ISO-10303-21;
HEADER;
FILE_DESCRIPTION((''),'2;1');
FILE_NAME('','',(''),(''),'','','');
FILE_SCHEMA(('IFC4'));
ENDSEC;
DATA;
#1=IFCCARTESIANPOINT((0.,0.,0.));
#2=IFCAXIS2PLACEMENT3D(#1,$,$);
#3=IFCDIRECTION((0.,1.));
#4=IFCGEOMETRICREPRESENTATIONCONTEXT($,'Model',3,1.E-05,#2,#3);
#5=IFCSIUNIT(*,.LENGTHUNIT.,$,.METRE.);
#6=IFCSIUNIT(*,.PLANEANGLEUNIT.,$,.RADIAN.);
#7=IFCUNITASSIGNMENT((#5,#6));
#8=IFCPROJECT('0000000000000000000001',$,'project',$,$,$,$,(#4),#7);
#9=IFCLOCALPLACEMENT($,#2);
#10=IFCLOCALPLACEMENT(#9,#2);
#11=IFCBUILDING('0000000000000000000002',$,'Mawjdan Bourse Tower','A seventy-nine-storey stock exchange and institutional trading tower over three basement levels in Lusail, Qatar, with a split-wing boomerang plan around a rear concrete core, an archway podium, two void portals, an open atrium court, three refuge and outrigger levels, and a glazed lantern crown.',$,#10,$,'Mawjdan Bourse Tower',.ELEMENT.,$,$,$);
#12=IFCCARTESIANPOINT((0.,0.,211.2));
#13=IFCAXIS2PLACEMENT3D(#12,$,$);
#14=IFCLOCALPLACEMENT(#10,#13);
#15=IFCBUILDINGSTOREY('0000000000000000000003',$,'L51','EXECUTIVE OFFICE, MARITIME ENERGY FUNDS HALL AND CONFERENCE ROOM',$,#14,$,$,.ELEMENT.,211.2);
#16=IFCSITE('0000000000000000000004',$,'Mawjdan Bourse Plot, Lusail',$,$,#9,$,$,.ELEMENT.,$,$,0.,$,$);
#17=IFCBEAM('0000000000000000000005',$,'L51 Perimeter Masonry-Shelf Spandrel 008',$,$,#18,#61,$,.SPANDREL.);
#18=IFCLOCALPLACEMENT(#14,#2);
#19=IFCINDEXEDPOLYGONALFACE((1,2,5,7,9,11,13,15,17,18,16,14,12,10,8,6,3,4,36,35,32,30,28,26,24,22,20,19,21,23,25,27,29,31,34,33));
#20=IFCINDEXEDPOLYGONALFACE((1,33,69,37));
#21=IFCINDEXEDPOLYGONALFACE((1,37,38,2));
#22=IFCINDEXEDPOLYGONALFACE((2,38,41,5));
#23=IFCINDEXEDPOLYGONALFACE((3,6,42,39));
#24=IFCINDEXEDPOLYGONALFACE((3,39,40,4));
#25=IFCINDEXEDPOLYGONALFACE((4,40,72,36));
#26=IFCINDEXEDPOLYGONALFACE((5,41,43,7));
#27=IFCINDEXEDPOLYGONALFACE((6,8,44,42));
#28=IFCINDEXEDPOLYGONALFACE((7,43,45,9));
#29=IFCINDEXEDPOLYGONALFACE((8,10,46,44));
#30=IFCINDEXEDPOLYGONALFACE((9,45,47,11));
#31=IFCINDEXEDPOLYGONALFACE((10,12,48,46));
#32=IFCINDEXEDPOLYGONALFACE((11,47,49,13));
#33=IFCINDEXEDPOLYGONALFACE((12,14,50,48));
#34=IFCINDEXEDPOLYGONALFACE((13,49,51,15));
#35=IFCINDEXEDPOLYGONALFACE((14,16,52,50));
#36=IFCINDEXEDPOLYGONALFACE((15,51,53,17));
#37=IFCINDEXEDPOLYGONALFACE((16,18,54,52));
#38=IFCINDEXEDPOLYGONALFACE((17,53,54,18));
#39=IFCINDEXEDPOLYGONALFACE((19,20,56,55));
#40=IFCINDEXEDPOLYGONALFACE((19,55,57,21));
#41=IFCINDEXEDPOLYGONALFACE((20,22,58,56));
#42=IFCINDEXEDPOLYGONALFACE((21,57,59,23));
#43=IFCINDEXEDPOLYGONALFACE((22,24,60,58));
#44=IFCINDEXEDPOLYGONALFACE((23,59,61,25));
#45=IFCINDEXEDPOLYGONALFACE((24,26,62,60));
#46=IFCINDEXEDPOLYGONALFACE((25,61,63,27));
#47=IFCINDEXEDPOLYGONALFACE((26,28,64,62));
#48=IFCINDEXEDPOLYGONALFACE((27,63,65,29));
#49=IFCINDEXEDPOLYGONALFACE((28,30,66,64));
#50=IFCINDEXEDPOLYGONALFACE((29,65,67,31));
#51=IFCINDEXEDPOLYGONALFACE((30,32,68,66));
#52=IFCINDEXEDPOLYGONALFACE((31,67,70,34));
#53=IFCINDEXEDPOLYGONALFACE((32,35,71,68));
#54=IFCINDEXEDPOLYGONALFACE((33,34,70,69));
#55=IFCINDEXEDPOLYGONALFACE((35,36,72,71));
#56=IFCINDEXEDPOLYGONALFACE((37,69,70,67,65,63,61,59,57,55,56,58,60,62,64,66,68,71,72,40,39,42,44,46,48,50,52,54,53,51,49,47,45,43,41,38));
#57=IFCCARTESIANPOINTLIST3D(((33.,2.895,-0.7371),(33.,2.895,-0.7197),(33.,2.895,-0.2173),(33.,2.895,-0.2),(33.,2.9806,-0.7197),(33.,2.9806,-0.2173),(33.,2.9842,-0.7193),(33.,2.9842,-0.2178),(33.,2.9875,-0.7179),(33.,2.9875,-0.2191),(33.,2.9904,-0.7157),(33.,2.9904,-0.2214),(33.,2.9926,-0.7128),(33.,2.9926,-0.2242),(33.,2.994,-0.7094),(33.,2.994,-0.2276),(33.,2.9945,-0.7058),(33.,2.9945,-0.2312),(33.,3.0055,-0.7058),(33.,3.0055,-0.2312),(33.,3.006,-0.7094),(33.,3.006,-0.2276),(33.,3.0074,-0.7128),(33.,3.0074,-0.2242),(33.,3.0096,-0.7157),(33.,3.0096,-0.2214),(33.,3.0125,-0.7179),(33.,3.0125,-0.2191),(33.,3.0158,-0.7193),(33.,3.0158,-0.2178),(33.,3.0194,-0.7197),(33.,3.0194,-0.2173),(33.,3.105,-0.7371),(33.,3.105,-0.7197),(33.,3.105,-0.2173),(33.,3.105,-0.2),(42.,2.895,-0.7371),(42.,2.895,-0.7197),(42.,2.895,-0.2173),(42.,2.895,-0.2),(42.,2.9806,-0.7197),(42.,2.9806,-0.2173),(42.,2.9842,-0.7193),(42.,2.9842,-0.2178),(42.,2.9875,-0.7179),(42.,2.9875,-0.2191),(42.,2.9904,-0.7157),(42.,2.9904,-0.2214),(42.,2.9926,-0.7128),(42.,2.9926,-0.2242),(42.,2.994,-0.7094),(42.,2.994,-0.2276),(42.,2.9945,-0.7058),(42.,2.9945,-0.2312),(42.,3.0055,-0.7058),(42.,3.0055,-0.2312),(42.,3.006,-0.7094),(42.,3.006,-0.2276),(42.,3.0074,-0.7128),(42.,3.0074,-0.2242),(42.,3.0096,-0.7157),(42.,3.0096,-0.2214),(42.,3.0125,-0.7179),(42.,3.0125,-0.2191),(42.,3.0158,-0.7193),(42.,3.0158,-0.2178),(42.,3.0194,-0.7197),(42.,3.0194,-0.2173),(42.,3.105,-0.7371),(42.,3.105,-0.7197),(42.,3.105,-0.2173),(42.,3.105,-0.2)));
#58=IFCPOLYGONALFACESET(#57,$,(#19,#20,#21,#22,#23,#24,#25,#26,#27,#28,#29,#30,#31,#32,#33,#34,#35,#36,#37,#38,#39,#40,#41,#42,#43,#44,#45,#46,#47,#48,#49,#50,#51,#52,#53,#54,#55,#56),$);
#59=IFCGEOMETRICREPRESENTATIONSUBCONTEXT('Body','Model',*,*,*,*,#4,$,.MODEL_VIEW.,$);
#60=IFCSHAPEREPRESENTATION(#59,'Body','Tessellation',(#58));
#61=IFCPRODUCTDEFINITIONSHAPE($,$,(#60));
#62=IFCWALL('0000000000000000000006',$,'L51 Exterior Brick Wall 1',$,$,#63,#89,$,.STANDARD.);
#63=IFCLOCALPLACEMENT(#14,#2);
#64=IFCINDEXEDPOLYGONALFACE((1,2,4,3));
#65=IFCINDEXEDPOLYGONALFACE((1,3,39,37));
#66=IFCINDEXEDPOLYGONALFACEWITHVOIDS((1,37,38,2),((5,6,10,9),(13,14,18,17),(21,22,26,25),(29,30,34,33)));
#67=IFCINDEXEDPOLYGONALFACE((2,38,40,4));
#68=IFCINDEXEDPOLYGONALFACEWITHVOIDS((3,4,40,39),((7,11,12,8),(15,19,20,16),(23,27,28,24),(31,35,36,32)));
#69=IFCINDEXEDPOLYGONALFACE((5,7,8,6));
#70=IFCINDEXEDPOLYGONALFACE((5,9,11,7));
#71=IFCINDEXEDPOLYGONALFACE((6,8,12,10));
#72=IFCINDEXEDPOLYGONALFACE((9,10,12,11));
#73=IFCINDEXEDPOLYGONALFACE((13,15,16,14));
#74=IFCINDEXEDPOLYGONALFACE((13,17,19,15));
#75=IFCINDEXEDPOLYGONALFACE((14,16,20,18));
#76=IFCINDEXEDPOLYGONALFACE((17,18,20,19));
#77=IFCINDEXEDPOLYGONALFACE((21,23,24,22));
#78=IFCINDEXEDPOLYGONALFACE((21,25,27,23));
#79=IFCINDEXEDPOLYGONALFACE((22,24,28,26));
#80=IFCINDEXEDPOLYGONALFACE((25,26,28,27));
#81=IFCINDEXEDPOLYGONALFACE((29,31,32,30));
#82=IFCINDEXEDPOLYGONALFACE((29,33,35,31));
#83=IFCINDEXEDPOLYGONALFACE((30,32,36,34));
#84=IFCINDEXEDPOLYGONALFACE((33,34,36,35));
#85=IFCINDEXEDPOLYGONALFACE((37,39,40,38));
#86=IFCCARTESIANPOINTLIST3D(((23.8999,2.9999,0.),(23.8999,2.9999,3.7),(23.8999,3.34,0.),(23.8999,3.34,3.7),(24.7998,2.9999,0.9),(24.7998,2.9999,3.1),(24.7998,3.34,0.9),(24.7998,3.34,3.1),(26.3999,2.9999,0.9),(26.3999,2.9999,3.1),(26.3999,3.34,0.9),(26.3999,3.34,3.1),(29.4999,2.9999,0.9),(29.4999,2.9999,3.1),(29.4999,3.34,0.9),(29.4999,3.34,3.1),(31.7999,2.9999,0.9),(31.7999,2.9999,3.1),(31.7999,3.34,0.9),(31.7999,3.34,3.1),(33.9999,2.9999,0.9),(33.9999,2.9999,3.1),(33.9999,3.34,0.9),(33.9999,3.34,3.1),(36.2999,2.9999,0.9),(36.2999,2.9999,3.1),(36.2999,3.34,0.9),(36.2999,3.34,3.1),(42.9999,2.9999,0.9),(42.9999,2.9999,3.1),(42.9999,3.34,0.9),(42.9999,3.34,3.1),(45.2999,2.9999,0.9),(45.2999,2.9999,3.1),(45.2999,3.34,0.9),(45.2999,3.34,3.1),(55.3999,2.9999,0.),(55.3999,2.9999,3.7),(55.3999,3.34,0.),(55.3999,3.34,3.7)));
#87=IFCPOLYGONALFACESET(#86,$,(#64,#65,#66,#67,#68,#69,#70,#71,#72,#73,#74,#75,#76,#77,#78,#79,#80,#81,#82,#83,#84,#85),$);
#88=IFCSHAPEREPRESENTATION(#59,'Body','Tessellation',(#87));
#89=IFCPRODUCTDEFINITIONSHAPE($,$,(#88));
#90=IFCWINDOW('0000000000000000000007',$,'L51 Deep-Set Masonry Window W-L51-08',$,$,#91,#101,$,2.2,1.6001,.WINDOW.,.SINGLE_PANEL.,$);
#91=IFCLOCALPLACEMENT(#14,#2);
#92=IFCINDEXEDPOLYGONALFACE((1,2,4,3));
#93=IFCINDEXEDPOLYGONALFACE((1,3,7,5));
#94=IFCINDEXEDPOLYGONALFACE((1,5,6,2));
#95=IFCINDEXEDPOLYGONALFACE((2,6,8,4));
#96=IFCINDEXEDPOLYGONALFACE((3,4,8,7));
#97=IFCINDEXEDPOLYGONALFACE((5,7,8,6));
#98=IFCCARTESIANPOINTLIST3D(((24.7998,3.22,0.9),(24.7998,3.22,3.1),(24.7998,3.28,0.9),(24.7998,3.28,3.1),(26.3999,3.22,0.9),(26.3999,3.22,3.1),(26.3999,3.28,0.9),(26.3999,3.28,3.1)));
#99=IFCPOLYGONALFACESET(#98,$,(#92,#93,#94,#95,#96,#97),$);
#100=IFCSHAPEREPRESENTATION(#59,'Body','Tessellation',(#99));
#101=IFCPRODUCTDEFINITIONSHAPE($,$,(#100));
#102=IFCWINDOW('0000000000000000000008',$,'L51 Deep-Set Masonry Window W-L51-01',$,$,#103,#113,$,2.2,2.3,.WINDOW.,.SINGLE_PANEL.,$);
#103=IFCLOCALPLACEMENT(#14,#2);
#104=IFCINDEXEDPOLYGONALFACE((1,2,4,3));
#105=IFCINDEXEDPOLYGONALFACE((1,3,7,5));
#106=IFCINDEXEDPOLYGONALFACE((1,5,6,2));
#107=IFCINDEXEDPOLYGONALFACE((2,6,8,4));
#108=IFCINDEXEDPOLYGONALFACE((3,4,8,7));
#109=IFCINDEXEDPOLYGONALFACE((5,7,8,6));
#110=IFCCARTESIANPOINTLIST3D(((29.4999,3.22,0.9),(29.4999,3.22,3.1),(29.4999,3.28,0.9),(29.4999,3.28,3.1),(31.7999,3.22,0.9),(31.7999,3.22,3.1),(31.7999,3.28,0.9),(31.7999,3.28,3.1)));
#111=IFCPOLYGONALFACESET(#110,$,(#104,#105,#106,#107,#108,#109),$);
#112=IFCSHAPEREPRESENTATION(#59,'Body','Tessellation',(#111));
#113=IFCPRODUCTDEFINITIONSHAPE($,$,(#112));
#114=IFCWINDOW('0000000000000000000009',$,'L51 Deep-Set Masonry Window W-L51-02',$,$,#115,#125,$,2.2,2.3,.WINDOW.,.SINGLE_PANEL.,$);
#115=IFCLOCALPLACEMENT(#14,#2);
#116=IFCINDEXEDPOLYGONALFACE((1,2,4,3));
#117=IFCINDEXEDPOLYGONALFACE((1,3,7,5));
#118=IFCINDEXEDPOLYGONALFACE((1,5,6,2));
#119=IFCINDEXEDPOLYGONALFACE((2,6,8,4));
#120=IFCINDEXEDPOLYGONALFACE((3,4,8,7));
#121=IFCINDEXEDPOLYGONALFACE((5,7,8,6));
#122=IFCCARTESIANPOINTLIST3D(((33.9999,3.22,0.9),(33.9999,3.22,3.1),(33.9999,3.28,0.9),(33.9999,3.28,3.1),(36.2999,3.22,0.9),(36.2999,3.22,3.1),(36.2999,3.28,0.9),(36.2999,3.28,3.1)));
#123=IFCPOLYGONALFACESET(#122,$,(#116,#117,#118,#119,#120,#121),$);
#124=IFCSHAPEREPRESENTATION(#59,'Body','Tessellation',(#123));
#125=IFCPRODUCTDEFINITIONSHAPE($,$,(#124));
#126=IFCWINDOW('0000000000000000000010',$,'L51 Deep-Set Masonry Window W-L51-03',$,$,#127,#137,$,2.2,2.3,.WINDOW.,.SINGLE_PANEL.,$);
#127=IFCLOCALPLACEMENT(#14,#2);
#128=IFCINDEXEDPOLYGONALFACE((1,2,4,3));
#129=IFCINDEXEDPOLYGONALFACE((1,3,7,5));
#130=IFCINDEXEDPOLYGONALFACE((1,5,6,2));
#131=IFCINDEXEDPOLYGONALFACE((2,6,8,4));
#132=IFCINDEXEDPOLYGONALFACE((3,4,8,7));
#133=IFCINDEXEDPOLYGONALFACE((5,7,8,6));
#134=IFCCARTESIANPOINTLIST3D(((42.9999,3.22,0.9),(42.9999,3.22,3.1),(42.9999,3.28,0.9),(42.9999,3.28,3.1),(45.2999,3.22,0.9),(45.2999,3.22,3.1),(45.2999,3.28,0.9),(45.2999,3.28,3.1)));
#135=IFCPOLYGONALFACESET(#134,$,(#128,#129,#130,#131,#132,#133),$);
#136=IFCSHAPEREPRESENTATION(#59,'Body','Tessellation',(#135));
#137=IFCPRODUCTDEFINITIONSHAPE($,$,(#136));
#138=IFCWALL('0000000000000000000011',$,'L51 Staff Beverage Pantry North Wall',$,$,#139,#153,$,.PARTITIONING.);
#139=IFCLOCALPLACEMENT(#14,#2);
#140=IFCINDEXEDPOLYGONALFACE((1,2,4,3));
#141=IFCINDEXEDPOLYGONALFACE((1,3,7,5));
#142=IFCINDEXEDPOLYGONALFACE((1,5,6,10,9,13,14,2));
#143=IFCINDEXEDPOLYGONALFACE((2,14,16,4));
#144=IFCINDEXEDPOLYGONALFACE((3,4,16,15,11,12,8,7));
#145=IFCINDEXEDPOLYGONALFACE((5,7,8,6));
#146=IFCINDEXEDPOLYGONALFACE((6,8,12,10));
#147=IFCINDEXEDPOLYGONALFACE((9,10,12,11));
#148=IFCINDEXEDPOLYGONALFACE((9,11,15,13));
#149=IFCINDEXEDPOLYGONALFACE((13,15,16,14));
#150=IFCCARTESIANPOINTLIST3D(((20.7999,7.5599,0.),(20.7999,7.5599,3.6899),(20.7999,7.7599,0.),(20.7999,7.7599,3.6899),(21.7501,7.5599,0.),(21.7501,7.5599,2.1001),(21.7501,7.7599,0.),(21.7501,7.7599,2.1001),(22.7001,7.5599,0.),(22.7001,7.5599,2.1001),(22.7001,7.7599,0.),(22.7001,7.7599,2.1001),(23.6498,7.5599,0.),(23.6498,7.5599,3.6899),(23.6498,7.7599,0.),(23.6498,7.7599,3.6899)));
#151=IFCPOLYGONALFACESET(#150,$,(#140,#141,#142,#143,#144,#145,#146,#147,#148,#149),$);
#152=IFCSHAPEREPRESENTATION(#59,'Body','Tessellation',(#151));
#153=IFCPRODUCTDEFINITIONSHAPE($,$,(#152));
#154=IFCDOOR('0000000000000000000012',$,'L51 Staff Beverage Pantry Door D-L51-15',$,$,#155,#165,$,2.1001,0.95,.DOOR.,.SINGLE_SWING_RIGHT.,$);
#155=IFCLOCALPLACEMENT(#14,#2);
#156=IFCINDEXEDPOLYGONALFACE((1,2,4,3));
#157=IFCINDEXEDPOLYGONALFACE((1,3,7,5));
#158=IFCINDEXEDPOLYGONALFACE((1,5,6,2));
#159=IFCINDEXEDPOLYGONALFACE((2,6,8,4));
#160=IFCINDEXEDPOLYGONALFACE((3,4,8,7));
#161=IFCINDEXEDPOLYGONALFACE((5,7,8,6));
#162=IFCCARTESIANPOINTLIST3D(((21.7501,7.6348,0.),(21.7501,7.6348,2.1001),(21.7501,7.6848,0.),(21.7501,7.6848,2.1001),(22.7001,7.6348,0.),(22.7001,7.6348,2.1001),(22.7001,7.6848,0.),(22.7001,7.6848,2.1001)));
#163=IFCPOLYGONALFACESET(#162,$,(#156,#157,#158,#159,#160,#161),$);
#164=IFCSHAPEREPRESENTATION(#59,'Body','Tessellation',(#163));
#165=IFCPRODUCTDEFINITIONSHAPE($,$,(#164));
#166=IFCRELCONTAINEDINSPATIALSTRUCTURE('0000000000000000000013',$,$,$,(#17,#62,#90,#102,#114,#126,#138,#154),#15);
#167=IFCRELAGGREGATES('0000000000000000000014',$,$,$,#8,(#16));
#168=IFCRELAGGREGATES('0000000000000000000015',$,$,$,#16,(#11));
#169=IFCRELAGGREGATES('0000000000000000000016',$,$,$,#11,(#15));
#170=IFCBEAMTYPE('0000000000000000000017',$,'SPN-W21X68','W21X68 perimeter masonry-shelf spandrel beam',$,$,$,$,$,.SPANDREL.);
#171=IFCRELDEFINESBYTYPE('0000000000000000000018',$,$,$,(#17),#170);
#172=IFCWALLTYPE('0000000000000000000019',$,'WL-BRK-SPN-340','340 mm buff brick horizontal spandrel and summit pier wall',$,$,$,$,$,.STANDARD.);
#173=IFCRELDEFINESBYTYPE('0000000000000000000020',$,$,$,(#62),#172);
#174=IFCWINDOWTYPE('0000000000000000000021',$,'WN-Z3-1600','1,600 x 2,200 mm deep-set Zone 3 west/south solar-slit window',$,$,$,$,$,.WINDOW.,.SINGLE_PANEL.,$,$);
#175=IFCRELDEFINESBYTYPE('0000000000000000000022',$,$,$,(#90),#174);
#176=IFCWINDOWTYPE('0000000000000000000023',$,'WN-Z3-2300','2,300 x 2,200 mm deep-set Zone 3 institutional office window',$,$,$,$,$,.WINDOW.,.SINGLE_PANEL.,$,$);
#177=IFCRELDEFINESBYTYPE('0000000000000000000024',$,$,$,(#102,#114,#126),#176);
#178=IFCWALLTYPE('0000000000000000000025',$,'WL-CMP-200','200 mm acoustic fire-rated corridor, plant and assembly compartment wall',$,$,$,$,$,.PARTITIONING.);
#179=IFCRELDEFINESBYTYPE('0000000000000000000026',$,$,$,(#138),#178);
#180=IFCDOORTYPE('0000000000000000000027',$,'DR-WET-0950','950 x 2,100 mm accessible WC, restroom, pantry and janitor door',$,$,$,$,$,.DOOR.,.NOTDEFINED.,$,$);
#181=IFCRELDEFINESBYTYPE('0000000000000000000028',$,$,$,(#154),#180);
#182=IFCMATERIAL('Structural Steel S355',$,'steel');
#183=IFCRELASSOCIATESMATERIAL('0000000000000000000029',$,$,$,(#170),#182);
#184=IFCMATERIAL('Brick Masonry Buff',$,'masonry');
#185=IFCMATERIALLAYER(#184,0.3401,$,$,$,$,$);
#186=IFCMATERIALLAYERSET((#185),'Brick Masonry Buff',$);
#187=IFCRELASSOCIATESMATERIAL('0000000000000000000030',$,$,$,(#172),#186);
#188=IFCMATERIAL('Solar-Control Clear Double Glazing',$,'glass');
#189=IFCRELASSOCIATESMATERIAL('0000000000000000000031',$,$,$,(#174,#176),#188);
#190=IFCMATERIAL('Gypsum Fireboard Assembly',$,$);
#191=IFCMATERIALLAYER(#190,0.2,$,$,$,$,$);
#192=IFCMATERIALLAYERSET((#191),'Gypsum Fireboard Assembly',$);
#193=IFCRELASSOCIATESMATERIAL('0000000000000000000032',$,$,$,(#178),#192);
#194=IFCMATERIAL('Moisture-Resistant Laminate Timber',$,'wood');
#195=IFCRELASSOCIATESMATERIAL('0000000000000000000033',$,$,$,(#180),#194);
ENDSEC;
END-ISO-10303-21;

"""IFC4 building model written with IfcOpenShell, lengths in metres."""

from ifc_helpers import new_model, si_unit, direction, frame, frame_2d, origin, origin_2d, place, context, subcontext, project, spatial, rectangle, i_section, extrude, material, layer, layer_set, material_profile, profile_set, type_object, element, fill, save


model = new_model("IFC4")

# Units and contexts
model_context = context("Model", 3, precision=1e-05, world=origin(), true_north=direction((0.0, 1.0)))
body_context = subcontext(model_context, "Body", "Model", "MODEL_VIEW")
ifc_project = project(units=[si_unit("LENGTHUNIT", "METRE"), si_unit("PLANEANGLEUNIT", "RADIAN")], contexts=[model_context])

# Site, building, storey
site_placement = place(None, origin())
site = spatial("IfcSite", under=ifc_project, at=site_placement, Name="Mawjdan Bourse Plot, Lusail", CompositionType="ELEMENT", RefElevation=0.0)
building_placement = place(site_placement, origin())
building = spatial("IfcBuilding", under=site, at=building_placement, Name="Mawjdan Bourse Tower", Description="A seventy-nine-storey stock exchange and institutional trading tower over three basement levels in Lusail, Qatar, with a split-wing boomerang plan around a rear concrete core, an archway podium, two void portals, an open atrium court, three refuge and outrigger levels, and a glazed lantern crown.", LongName="Mawjdan Bourse Tower", CompositionType="ELEMENT")
storey_placement = place(building_placement, frame((0.0, 0.0, 211.2)))
storey = spatial("IfcBuildingStorey", under=building, at=storey_placement, Name="L51", Description="EXECUTIVE OFFICE, MARITIME ENERGY FUNDS HALL AND CONFERENCE ROOM", CompositionType="ELEMENT", Elevation=211.2)

# Beam
ifc_material_1 = material(Name="Structural Steel S355", Category="steel")
ifc_material_profile_1 = material_profile(ifc_material_1, i_section(OverallWidth=0.21, OverallDepth=0.5371, WebThickness=0.011, FlangeThickness=0.0173, FilletRadius=0.0139, at=origin_2d()), Name="W21X68")
ifc_profile_set_1 = profile_set([ifc_material_profile_1], Name="Structural Steel S355")
beam_type_1 = type_object("IfcBeamType", Name="SPN-W21X68", Description="W21X68 perimeter masonry-shelf spandrel beam", PredefinedType="SPANDREL", material=ifc_profile_set_1)
for number, where, z_axis, x_axis, name in (
    (1, (33.0, 3.0, -0.4685), (1.0, 0.0, 0.0), (0.0, 1.0, 0.0), "L51 Perimeter Masonry-Shelf Spandrel 008"),
):
    element("IfcBeam", number, at=place(storey_placement, frame(where, z_axis=z_axis, x_axis=x_axis)), inside=storey, type_object=beam_type_1, Name=name, PredefinedType="SPANDREL", context=body_context, shape_type="SweptSolid", body=[
        extrude(i_section(OverallWidth=0.21, OverallDepth=0.5371, WebThickness=0.011, FlangeThickness=0.0173, FilletRadius=0.0139, at=origin_2d()), origin(), (0.0, 0.0, 1.0), 9.0),
    ])

# Wall, openings, windows
ifc_material_2 = material(Name="Brick Masonry Buff", Category="masonry")
ifc_layer_1 = layer(ifc_material_2, 0.3401)
ifc_layer_set_1 = layer_set([ifc_layer_1], Name="Brick Masonry Buff")
wall_type_1 = type_object("IfcWallType", Name="WL-BRK-SPN-340", Description="340 mm buff brick horizontal spandrel and summit pier wall", PredefinedType="STANDARD", material=ifc_layer_set_1)
wall_1_placement = place(storey_placement, frame((23.8999, 3.1699, 0.0), z_axis=(0.0, 0.0, 1.0), x_axis=(1.0, 0.0, 0.0)))
wall_1 = element("IfcWall", 2, at=wall_1_placement, inside=storey, type_object=wall_type_1, Name="L51 Exterior Brick Wall 1", PredefinedType="STANDARD", context=body_context, shape_type="SweptSolid", body=[
    extrude(rectangle(XDim=31.5, YDim=0.3401, at=frame_2d((15.75, 0.0))), origin(), (0.0, 0.0, 1.0), 3.7),
])
opening_1_placement = place(wall_1_placement, frame((5.6001, 0.0, 0.8999)))
opening_1 = element("IfcOpeningElement", 3, at=opening_1_placement, cuts=wall_1, PredefinedType="OPENING", context=body_context, shape_type="SweptSolid", body=[
    extrude(rectangle(XDim=2.3, YDim=2.2, at=frame_2d((1.1499, 1.1001))), frame((0.0, 0.1802, 0.0), z_axis=(0.0, -1.0, 0.0), x_axis=(1.0, 0.0, 0.0)), (0.0, 0.0, 1.0), 0.3601),
])
opening_2_placement = place(wall_1_placement, frame((10.1001, 0.0, 0.8999)))
opening_2 = element("IfcOpeningElement", 4, at=opening_2_placement, cuts=wall_1, PredefinedType="OPENING", context=body_context, shape_type="SweptSolid", body=[
    extrude(rectangle(XDim=2.3, YDim=2.2, at=frame_2d((1.1499, 1.1001))), frame((0.0, 0.1802, 0.0), z_axis=(0.0, -1.0, 0.0), x_axis=(1.0, 0.0, 0.0)), (0.0, 0.0, 1.0), 0.3601),
])
opening_3_placement = place(wall_1_placement, frame((19.1001, 0.0, 0.8999)))
opening_3 = element("IfcOpeningElement", 5, at=opening_3_placement, cuts=wall_1, PredefinedType="OPENING", context=body_context, shape_type="SweptSolid", body=[
    extrude(rectangle(XDim=2.3, YDim=2.2, at=frame_2d((1.1499, 1.1001))), frame((0.0, 0.1802, 0.0), z_axis=(0.0, -1.0, 0.0), x_axis=(1.0, 0.0, 0.0)), (0.0, 0.0, 1.0), 0.3601),
])
opening_4_placement = place(wall_1_placement, frame((0.8999, 0.0, 0.8999)))
opening_4 = element("IfcOpeningElement", 6, at=opening_4_placement, cuts=wall_1, PredefinedType="OPENING", context=body_context, shape_type="SweptSolid", body=[
    extrude(rectangle(XDim=1.6001, YDim=2.2, at=frame_2d((0.8, 1.1001))), frame((0.0, 0.1802, 0.0), z_axis=(0.0, -1.0, 0.0), x_axis=(1.0, 0.0, 0.0)), (0.0, 0.0, 1.0), 0.3601),
])
ifc_material_3 = material(Name="Solar-Control Clear Double Glazing", Category="glass")
window_type_1 = type_object("IfcWindowType", Name="WN-Z3-1600", Description="1,600 x 2,200 mm deep-set Zone 3 west/south solar-slit window", PartitioningType="SINGLE_PANEL", PredefinedType="WINDOW", material=ifc_material_3)
window_1_placement = place(opening_4_placement, origin())
window_1 = element("IfcWindow", 7, at=window_1_placement, inside=storey, type_object=window_type_1, Name="L51 Deep-Set Masonry Window W-L51-08", OverallHeight=2.2, OverallWidth=1.6001, PartitioningType="SINGLE_PANEL", PredefinedType="WINDOW", context=body_context, shape_type="SweptSolid", body=[
    extrude(rectangle(XDim=1.6001, YDim=2.2, at=frame_2d((0.8, 1.1001))), frame((0.0, 0.1101, 0.0), z_axis=(0.0, -1.0, 0.0), x_axis=(1.0, 0.0, 0.0)), (0.0, 0.0, 1.0), 0.0601),
])
fill(opening_4, window_1)
window_type_2 = type_object("IfcWindowType", Name="WN-Z3-2300", Description="2,300 x 2,200 mm deep-set Zone 3 institutional office window", PartitioningType="SINGLE_PANEL", PredefinedType="WINDOW", material=ifc_material_3)
window_2_placement = place(opening_1_placement, origin())
window_2 = element("IfcWindow", 8, at=window_2_placement, inside=storey, type_object=window_type_2, Name="L51 Deep-Set Masonry Window W-L51-01", OverallHeight=2.2, OverallWidth=2.3, PartitioningType="SINGLE_PANEL", PredefinedType="WINDOW", context=body_context, shape_type="SweptSolid", body=[
    extrude(rectangle(XDim=2.3, YDim=2.2, at=frame_2d((1.1499, 1.1001))), frame((0.0, 0.1101, 0.0), z_axis=(0.0, -1.0, 0.0), x_axis=(1.0, 0.0, 0.0)), (0.0, 0.0, 1.0), 0.0601),
])
fill(opening_1, window_2)
window_3_placement = place(opening_2_placement, origin())
window_3 = element("IfcWindow", 9, at=window_3_placement, inside=storey, type_object=window_type_2, Name="L51 Deep-Set Masonry Window W-L51-02", OverallHeight=2.2, OverallWidth=2.3, PartitioningType="SINGLE_PANEL", PredefinedType="WINDOW", context=body_context, shape_type="SweptSolid", body=[
    extrude(rectangle(XDim=2.3, YDim=2.2, at=frame_2d((1.1499, 1.1001))), frame((0.0, 0.1101, 0.0), z_axis=(0.0, -1.0, 0.0), x_axis=(1.0, 0.0, 0.0)), (0.0, 0.0, 1.0), 0.0601),
])
fill(opening_2, window_3)
window_4_placement = place(opening_3_placement, origin())
window_4 = element("IfcWindow", 10, at=window_4_placement, inside=storey, type_object=window_type_2, Name="L51 Deep-Set Masonry Window W-L51-03", OverallHeight=2.2, OverallWidth=2.3, PartitioningType="SINGLE_PANEL", PredefinedType="WINDOW", context=body_context, shape_type="SweptSolid", body=[
    extrude(rectangle(XDim=2.3, YDim=2.2, at=frame_2d((1.1499, 1.1001))), frame((0.0, 0.1101, 0.0), z_axis=(0.0, -1.0, 0.0), x_axis=(1.0, 0.0, 0.0)), (0.0, 0.0, 1.0), 0.0601),
])
fill(opening_3, window_4)

# Wall, opening, door
ifc_material_4 = material(Name="Gypsum Fireboard Assembly")
ifc_layer_2 = layer(ifc_material_4, 0.2)
ifc_layer_set_2 = layer_set([ifc_layer_2], Name="Gypsum Fireboard Assembly")
wall_type_2 = type_object("IfcWallType", Name="WL-CMP-200", Description="200 mm acoustic fire-rated corridor, plant and assembly compartment wall", PredefinedType="PARTITIONING", material=ifc_layer_set_2)
wall_2_placement = place(storey_placement, frame((20.8, 7.6599, 0.0), z_axis=(0.0, 0.0, 1.0), x_axis=(1.0, 0.0, 0.0)))
wall_2 = element("IfcWall", 11, at=wall_2_placement, inside=storey, type_object=wall_type_2, Name="L51 Staff Beverage Pantry North Wall", PredefinedType="PARTITIONING", context=body_context, shape_type="SweptSolid", body=[
    extrude(rectangle(XDim=2.8499, YDim=0.2, at=frame_2d((1.4248, 0.0))), origin(), (0.0, 0.0, 1.0), 3.6899),
])
opening_5_placement = place(wall_2_placement, frame((0.95, 0.0, 0.0)))
opening_5 = element("IfcOpeningElement", 12, at=opening_5_placement, cuts=wall_2, PredefinedType="OPENING", context=body_context, shape_type="SweptSolid", body=[
    extrude(rectangle(XDim=0.95, YDim=2.1001, at=frame_2d((0.4751, 1.05))), frame((0.0, 0.1099, 0.0), z_axis=(0.0, -1.0, 0.0), x_axis=(1.0, 0.0, 0.0)), (0.0, 0.0, 1.0), 0.22),
])
ifc_material_5 = material(Name="Moisture-Resistant Laminate Timber", Category="wood")
door_type_1 = type_object("IfcDoorType", Name="DR-WET-0950", Description="950 x 2,100 mm accessible WC, restroom, pantry and janitor door", OperationType="NOTDEFINED", PredefinedType="DOOR", material=ifc_material_5)
door_1_placement = place(opening_5_placement, origin())
door_1 = element("IfcDoor", 13, at=door_1_placement, inside=storey, type_object=door_type_1, Name="L51 Staff Beverage Pantry Door D-L51-15", OperationType="SINGLE_SWING_RIGHT", OverallHeight=2.1001, OverallWidth=0.95, PredefinedType="DOOR", context=body_context, shape_type="SweptSolid", body=[
    extrude(rectangle(XDim=0.95, YDim=2.1001, at=frame_2d((0.4751, 1.05))), frame((0.0, 0.0249, 0.0), z_axis=(0.0, -1.0, 0.0), x_axis=(1.0, 0.0, 0.0)), (0.0, 0.0, 1.0), 0.05),
])
fill(opening_5, door_1)

save(model, "model.ifc")
